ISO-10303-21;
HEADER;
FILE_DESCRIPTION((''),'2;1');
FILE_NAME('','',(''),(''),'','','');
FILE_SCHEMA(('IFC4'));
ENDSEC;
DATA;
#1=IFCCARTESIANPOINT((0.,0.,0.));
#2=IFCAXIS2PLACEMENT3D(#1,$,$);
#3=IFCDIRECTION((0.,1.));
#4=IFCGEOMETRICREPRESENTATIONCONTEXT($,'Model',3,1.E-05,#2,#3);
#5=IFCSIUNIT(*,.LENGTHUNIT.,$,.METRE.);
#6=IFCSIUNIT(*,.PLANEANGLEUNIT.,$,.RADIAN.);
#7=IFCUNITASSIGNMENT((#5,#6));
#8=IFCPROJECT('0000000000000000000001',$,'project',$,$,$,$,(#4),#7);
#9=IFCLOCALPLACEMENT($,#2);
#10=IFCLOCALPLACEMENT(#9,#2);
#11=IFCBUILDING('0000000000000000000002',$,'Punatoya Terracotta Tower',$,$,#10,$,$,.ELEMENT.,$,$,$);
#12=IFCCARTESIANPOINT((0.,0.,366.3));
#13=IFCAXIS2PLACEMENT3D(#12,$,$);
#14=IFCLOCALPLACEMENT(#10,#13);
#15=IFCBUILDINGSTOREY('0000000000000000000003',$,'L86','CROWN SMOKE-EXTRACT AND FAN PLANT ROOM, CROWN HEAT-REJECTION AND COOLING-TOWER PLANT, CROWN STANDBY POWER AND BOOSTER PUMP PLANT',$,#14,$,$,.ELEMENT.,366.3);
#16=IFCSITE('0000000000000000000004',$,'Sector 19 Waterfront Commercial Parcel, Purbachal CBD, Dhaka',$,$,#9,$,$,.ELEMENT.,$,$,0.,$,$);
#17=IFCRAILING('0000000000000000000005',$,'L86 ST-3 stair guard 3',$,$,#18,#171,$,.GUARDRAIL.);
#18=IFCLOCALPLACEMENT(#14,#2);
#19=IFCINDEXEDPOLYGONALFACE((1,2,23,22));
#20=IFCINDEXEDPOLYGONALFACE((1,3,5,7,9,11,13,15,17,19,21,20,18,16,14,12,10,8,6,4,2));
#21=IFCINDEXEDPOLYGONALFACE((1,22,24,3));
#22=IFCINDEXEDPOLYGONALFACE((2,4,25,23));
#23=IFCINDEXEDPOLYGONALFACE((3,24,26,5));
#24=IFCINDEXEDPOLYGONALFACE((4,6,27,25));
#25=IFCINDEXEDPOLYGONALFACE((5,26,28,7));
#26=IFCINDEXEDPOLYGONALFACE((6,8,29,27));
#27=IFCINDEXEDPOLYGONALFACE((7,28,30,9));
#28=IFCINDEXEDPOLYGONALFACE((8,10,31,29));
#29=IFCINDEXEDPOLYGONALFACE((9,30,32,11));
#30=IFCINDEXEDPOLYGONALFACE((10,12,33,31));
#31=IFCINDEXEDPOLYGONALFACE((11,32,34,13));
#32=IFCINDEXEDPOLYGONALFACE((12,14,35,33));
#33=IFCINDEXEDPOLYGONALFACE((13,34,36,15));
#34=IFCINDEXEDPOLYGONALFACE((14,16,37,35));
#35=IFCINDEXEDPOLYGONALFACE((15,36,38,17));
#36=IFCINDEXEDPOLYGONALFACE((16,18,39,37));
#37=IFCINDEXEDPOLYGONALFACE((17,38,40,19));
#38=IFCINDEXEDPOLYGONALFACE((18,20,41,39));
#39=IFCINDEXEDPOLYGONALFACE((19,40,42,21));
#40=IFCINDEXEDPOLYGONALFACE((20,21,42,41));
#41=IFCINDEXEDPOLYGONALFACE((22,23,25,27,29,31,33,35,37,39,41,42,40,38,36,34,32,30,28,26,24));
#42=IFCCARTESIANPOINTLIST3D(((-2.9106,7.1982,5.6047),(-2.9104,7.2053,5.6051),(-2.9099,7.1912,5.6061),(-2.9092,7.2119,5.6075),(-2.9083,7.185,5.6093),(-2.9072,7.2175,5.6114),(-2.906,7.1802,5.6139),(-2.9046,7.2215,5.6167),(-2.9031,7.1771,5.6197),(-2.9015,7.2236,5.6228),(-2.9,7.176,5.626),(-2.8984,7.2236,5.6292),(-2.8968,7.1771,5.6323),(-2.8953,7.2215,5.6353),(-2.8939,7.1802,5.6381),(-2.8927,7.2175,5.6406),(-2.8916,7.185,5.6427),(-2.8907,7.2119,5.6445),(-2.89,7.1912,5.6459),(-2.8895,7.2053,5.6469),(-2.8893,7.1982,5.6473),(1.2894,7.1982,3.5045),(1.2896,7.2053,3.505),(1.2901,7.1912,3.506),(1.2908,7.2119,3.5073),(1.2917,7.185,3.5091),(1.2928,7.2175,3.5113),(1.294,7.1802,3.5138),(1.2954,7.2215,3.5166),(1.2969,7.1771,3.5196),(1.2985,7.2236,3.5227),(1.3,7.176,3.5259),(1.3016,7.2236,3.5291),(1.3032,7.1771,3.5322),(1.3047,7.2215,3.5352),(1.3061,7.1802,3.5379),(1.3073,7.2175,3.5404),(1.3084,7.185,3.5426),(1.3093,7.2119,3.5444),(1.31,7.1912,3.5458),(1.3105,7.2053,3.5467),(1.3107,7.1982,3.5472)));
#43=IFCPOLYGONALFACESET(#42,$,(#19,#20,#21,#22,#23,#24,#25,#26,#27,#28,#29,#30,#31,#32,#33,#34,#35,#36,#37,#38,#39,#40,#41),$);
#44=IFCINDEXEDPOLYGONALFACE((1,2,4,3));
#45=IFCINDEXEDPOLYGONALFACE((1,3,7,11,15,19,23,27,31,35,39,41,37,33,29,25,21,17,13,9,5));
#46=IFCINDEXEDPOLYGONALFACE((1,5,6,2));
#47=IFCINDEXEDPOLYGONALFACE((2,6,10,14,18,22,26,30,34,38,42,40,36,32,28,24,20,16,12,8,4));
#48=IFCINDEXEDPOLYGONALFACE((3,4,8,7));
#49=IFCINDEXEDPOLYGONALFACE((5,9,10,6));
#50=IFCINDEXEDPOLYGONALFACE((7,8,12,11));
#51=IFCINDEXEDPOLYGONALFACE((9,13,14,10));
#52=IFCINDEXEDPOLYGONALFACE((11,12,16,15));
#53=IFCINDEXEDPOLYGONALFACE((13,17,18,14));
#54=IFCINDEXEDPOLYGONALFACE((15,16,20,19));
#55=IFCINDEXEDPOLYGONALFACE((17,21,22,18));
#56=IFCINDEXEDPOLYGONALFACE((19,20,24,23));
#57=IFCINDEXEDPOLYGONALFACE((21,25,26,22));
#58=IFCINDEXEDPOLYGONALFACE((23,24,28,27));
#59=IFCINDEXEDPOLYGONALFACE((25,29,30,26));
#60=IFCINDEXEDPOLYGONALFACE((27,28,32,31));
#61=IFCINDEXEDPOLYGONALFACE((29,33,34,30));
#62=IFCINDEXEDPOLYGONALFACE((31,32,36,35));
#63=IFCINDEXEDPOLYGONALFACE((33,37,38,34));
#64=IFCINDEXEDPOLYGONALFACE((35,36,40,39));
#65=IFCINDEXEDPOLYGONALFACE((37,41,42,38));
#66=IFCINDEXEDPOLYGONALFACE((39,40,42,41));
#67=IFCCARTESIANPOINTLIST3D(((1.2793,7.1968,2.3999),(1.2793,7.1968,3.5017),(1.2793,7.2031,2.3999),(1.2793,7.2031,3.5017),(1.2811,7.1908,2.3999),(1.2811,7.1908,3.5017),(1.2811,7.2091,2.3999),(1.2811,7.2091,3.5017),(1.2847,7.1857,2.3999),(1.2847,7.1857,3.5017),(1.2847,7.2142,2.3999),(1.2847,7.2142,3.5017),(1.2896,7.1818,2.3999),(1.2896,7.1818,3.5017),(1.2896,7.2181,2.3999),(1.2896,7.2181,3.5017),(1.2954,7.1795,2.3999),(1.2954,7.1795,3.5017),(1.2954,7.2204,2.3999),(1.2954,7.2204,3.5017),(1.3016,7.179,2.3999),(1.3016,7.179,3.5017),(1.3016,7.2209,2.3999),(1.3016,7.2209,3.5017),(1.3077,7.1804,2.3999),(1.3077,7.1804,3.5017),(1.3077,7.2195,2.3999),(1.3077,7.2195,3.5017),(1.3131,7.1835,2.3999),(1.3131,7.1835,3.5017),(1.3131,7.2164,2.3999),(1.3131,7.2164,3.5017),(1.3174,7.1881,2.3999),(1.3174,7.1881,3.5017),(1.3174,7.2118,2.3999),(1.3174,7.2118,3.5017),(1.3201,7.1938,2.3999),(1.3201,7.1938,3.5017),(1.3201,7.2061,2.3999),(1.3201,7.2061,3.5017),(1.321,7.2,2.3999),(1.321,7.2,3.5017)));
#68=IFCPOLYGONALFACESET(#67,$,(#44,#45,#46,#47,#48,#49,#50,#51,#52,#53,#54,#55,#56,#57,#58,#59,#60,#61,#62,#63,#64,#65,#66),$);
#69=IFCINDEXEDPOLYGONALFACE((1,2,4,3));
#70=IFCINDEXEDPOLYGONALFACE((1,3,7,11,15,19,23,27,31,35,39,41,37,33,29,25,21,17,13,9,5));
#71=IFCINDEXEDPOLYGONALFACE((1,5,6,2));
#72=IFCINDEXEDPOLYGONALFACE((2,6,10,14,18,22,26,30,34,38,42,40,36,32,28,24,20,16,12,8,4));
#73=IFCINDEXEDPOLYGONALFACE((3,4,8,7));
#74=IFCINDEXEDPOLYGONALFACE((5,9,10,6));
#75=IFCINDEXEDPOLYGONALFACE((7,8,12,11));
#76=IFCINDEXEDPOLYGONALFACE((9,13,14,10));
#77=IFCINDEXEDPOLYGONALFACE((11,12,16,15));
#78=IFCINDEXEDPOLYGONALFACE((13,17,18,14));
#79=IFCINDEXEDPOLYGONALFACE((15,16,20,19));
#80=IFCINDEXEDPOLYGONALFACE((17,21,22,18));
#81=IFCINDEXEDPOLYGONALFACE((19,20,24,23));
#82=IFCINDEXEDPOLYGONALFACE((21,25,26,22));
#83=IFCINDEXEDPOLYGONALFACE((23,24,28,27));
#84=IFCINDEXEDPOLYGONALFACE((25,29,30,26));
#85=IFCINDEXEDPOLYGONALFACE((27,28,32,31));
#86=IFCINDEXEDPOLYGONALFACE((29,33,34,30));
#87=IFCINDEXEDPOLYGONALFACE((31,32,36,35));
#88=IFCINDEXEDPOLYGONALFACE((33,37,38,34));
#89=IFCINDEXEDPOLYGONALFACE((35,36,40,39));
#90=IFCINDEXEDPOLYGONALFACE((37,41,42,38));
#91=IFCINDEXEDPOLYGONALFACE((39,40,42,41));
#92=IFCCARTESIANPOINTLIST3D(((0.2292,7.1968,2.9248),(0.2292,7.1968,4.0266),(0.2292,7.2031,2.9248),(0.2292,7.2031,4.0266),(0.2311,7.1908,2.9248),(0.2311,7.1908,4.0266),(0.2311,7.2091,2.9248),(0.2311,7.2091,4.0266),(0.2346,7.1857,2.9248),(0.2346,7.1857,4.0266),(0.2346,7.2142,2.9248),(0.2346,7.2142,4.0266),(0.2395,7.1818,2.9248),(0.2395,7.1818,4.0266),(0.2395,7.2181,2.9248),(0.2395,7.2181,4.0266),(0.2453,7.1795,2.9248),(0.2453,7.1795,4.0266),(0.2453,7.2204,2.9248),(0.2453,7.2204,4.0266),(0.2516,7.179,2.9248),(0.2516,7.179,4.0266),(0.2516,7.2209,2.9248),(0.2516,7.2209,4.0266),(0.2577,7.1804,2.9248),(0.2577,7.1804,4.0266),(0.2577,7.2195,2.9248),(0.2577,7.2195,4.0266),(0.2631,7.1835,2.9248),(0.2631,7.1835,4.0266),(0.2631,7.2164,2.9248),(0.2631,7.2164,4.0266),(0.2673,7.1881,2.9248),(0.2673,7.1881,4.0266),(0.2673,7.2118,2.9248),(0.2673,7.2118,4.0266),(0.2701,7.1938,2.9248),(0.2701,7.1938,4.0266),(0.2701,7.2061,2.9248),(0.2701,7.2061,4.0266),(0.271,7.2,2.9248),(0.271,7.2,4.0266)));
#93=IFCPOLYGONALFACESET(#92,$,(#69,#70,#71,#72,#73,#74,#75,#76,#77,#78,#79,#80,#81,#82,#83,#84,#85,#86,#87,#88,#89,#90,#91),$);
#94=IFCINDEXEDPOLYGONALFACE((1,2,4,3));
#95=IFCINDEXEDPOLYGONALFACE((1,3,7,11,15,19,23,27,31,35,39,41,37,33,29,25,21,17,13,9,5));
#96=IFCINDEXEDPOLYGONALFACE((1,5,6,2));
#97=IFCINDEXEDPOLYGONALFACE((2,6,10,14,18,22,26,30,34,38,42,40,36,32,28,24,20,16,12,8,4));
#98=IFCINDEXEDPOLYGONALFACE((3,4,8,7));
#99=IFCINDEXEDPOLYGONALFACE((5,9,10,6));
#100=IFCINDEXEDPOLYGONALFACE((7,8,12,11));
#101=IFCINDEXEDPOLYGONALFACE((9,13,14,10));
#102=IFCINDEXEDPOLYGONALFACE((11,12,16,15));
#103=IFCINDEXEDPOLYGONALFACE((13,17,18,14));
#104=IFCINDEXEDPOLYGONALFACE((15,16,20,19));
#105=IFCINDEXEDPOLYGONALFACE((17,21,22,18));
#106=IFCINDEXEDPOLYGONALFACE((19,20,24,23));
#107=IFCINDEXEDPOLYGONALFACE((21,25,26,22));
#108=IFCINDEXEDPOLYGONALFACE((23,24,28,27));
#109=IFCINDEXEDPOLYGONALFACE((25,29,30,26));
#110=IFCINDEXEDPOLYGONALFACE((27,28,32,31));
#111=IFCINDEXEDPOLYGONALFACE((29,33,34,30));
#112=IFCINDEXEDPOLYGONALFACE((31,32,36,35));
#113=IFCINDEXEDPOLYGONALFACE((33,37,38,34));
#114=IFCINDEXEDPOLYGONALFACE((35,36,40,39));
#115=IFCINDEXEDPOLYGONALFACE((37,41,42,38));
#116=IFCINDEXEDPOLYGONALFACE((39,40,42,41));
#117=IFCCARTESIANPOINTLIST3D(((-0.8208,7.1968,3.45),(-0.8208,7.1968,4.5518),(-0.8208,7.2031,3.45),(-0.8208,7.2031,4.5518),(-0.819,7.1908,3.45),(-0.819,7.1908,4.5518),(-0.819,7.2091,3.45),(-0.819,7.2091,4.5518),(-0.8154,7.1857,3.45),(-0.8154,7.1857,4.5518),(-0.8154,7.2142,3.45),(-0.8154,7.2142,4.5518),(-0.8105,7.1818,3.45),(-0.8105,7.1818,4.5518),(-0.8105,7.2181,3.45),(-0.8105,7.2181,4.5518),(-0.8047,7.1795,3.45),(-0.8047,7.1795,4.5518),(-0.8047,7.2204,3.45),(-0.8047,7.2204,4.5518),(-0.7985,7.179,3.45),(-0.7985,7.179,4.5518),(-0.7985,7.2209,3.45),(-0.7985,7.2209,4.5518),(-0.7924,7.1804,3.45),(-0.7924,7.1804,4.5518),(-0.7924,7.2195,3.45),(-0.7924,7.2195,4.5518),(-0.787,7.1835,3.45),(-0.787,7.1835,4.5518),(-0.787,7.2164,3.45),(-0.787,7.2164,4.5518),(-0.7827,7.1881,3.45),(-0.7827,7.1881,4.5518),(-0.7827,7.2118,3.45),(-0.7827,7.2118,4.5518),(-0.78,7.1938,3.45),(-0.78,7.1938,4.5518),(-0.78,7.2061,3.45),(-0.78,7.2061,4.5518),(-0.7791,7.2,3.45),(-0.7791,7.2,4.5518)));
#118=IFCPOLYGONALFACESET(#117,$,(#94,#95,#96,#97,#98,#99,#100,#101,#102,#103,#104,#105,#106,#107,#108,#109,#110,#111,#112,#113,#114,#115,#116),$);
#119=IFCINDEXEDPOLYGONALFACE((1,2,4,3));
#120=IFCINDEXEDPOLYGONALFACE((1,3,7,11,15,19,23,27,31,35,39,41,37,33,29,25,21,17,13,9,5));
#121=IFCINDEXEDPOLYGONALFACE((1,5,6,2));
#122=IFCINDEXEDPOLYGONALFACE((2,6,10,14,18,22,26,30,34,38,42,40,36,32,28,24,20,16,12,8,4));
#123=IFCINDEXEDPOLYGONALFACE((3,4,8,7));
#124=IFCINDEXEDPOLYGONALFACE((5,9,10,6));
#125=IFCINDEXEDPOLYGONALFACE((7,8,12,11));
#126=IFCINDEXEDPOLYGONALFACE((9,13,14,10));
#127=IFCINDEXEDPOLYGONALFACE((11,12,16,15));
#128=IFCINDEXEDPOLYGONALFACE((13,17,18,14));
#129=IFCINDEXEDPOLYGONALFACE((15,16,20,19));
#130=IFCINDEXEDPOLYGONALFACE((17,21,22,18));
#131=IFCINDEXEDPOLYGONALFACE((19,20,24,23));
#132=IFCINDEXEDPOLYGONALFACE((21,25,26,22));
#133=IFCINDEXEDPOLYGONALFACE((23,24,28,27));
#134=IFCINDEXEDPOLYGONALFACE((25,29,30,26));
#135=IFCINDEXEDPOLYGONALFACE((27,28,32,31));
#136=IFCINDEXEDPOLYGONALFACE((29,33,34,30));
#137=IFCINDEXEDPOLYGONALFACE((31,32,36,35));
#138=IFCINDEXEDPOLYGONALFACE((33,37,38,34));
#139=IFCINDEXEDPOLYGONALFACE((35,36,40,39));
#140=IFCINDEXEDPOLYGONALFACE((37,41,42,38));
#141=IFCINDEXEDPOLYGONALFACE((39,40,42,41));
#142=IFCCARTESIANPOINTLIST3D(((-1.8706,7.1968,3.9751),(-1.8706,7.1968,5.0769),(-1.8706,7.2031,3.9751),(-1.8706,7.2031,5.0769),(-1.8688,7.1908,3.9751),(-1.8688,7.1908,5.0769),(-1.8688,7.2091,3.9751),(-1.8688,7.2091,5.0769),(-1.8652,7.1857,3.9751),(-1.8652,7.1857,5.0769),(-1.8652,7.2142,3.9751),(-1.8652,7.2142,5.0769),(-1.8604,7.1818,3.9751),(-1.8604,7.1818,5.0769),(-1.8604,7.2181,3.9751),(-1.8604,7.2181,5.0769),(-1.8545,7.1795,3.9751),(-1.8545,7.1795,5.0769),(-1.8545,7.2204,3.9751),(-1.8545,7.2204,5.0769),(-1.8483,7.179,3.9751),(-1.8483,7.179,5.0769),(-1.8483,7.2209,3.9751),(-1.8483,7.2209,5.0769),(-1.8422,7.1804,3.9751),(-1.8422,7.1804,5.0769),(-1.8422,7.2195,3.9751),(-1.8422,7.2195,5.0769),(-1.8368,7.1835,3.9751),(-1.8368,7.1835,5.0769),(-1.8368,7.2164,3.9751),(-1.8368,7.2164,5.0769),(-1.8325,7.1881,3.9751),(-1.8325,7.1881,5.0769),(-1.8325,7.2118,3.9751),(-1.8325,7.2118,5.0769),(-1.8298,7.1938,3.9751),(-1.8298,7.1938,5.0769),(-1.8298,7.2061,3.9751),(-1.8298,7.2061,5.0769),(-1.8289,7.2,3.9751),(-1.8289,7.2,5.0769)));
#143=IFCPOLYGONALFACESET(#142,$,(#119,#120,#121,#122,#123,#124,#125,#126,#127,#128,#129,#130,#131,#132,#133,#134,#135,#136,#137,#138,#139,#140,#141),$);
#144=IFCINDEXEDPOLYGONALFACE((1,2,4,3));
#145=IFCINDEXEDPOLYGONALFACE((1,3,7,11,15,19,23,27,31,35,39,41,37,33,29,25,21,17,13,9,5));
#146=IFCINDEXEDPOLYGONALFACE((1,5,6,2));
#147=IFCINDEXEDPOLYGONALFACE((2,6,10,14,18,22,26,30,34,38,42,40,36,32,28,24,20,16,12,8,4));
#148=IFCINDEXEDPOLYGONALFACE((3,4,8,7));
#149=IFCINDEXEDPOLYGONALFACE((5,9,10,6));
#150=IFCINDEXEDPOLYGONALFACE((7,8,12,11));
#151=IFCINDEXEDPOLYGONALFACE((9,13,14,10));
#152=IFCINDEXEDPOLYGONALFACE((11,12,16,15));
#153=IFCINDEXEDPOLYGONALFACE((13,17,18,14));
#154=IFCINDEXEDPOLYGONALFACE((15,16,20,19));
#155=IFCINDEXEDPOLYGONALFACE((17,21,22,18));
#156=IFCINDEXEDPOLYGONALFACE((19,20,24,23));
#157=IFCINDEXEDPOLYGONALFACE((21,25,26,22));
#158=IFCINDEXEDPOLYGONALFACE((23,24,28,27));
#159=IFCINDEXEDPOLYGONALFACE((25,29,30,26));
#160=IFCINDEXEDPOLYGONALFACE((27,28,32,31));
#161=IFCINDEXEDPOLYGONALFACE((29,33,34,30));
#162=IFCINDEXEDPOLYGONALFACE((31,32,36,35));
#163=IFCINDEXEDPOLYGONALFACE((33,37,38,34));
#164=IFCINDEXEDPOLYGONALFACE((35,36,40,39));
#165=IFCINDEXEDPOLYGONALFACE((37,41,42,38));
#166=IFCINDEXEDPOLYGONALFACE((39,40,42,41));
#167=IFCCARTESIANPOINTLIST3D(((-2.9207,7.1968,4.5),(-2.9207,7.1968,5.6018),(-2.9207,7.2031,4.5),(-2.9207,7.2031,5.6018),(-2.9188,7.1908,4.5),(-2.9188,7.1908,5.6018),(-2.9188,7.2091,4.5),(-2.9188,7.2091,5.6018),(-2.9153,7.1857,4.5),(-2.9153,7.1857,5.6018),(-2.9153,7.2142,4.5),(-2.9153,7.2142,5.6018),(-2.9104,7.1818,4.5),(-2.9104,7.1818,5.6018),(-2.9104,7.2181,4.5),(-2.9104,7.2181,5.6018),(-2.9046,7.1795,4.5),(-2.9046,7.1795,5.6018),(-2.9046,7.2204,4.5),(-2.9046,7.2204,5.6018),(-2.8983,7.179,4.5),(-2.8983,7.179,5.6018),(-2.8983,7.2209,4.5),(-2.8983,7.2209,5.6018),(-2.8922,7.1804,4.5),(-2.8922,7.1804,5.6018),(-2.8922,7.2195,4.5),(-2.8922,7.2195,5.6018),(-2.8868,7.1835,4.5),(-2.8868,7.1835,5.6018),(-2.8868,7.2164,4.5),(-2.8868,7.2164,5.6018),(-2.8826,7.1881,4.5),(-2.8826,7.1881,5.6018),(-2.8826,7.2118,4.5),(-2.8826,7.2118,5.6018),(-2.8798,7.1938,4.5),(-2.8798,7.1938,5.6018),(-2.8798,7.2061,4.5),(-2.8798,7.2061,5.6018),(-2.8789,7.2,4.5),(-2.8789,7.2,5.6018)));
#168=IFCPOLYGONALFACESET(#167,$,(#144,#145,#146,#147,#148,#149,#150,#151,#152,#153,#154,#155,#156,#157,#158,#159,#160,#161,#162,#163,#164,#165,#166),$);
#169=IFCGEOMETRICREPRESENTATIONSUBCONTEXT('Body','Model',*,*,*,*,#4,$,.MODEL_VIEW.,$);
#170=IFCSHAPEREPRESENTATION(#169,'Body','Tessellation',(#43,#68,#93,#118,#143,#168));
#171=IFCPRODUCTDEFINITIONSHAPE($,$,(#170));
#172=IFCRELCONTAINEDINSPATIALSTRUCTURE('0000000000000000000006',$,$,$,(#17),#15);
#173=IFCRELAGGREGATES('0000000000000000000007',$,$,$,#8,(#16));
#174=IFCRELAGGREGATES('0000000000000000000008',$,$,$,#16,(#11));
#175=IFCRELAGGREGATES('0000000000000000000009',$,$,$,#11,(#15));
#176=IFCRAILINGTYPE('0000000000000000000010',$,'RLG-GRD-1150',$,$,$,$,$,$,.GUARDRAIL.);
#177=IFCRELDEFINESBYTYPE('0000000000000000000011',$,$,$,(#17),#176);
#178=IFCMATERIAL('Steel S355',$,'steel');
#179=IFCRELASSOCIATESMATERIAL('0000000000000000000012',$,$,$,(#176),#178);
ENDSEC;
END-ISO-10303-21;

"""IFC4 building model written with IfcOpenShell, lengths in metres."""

from ifc_helpers import new_model, si_unit, direction, frame, origin, origin_2d, place, context, subcontext, project, spatial, circle, extrude, material, type_object, element, save


model = new_model("IFC4")

# Units and contexts
model_context = context("Model", 3, precision=1e-05, world=origin(), true_north=direction((0.0, 1.0)))
body_context = subcontext(model_context, "Body", "Model", "MODEL_VIEW")
ifc_project = project(units=[si_unit("LENGTHUNIT", "METRE"), si_unit("PLANEANGLEUNIT", "RADIAN")], contexts=[model_context])

# Site, building, storey
site_placement = place(None, origin())
site = spatial("IfcSite", under=ifc_project, at=site_placement, Name="Sector 19 Waterfront Commercial Parcel, Purbachal CBD, Dhaka", CompositionType="ELEMENT", RefElevation=0.0)
building_placement = place(site_placement, origin())
building = spatial("IfcBuilding", under=site, at=building_placement, Name="Punatoya Terracotta Tower", CompositionType="ELEMENT")
storey_placement = place(building_placement, frame((0.0, 0.0, 366.3)))
storey = spatial("IfcBuildingStorey", under=building, at=storey_placement, Name="L86", Description="CROWN SMOKE-EXTRACT AND FAN PLANT ROOM, CROWN HEAT-REJECTION AND COOLING-TOWER PLANT, CROWN STANDBY POWER AND BOOSTER PUMP PLANT", CompositionType="ELEMENT", Elevation=366.3)

# Shared definitions
ifc_material_1 = material(Name="Steel S355", Category="steel")

# Railing
railing_type_1 = type_object("IfcRailingType", Name="RLG-GRD-1150", PredefinedType="GUARDRAIL", material=ifc_material_1)
railing_1_placement = place(storey_placement, frame((1.3, 7.2, 2.3999)))
element("IfcRailing", 1, at=railing_1_placement, inside=storey, type_object=railing_type_1, Name="L86 ST-3 stair guard 3", PredefinedType="GUARDRAIL", context=body_context, shape_type="SweptSolid", body=[
    extrude(circle(Radius=0.0239, at=origin_2d()), frame((0.0, 0.0, 1.126), z_axis=(-0.894417, 0.0, 0.447234), x_axis=(0.0, -1.0, 0.0)), (0.0, 0.0, 1.0), 4.6958),
    extrude(circle(Radius=0.021, at=origin_2d()), origin(), (0.0, 0.0, 1.0), 1.1018),
    extrude(circle(Radius=0.021, at=origin_2d()), frame((-1.05, 0.0, 0.5249)), (0.0, 0.0, 1.0), 1.1018),
    extrude(circle(Radius=0.021, at=origin_2d()), frame((-2.1001, 0.0, 1.05)), (0.0, 0.0, 1.0), 1.1018),
    extrude(circle(Radius=0.021, at=origin_2d()), frame((-3.1499, 0.0, 1.5752)), (0.0, 0.0, 1.0), 1.1018),
    extrude(circle(Radius=0.021, at=origin_2d()), frame((-4.2, 0.0, 2.1001)), (0.0, 0.0, 1.0), 1.1018),
])

save(model, "model.ifc")
